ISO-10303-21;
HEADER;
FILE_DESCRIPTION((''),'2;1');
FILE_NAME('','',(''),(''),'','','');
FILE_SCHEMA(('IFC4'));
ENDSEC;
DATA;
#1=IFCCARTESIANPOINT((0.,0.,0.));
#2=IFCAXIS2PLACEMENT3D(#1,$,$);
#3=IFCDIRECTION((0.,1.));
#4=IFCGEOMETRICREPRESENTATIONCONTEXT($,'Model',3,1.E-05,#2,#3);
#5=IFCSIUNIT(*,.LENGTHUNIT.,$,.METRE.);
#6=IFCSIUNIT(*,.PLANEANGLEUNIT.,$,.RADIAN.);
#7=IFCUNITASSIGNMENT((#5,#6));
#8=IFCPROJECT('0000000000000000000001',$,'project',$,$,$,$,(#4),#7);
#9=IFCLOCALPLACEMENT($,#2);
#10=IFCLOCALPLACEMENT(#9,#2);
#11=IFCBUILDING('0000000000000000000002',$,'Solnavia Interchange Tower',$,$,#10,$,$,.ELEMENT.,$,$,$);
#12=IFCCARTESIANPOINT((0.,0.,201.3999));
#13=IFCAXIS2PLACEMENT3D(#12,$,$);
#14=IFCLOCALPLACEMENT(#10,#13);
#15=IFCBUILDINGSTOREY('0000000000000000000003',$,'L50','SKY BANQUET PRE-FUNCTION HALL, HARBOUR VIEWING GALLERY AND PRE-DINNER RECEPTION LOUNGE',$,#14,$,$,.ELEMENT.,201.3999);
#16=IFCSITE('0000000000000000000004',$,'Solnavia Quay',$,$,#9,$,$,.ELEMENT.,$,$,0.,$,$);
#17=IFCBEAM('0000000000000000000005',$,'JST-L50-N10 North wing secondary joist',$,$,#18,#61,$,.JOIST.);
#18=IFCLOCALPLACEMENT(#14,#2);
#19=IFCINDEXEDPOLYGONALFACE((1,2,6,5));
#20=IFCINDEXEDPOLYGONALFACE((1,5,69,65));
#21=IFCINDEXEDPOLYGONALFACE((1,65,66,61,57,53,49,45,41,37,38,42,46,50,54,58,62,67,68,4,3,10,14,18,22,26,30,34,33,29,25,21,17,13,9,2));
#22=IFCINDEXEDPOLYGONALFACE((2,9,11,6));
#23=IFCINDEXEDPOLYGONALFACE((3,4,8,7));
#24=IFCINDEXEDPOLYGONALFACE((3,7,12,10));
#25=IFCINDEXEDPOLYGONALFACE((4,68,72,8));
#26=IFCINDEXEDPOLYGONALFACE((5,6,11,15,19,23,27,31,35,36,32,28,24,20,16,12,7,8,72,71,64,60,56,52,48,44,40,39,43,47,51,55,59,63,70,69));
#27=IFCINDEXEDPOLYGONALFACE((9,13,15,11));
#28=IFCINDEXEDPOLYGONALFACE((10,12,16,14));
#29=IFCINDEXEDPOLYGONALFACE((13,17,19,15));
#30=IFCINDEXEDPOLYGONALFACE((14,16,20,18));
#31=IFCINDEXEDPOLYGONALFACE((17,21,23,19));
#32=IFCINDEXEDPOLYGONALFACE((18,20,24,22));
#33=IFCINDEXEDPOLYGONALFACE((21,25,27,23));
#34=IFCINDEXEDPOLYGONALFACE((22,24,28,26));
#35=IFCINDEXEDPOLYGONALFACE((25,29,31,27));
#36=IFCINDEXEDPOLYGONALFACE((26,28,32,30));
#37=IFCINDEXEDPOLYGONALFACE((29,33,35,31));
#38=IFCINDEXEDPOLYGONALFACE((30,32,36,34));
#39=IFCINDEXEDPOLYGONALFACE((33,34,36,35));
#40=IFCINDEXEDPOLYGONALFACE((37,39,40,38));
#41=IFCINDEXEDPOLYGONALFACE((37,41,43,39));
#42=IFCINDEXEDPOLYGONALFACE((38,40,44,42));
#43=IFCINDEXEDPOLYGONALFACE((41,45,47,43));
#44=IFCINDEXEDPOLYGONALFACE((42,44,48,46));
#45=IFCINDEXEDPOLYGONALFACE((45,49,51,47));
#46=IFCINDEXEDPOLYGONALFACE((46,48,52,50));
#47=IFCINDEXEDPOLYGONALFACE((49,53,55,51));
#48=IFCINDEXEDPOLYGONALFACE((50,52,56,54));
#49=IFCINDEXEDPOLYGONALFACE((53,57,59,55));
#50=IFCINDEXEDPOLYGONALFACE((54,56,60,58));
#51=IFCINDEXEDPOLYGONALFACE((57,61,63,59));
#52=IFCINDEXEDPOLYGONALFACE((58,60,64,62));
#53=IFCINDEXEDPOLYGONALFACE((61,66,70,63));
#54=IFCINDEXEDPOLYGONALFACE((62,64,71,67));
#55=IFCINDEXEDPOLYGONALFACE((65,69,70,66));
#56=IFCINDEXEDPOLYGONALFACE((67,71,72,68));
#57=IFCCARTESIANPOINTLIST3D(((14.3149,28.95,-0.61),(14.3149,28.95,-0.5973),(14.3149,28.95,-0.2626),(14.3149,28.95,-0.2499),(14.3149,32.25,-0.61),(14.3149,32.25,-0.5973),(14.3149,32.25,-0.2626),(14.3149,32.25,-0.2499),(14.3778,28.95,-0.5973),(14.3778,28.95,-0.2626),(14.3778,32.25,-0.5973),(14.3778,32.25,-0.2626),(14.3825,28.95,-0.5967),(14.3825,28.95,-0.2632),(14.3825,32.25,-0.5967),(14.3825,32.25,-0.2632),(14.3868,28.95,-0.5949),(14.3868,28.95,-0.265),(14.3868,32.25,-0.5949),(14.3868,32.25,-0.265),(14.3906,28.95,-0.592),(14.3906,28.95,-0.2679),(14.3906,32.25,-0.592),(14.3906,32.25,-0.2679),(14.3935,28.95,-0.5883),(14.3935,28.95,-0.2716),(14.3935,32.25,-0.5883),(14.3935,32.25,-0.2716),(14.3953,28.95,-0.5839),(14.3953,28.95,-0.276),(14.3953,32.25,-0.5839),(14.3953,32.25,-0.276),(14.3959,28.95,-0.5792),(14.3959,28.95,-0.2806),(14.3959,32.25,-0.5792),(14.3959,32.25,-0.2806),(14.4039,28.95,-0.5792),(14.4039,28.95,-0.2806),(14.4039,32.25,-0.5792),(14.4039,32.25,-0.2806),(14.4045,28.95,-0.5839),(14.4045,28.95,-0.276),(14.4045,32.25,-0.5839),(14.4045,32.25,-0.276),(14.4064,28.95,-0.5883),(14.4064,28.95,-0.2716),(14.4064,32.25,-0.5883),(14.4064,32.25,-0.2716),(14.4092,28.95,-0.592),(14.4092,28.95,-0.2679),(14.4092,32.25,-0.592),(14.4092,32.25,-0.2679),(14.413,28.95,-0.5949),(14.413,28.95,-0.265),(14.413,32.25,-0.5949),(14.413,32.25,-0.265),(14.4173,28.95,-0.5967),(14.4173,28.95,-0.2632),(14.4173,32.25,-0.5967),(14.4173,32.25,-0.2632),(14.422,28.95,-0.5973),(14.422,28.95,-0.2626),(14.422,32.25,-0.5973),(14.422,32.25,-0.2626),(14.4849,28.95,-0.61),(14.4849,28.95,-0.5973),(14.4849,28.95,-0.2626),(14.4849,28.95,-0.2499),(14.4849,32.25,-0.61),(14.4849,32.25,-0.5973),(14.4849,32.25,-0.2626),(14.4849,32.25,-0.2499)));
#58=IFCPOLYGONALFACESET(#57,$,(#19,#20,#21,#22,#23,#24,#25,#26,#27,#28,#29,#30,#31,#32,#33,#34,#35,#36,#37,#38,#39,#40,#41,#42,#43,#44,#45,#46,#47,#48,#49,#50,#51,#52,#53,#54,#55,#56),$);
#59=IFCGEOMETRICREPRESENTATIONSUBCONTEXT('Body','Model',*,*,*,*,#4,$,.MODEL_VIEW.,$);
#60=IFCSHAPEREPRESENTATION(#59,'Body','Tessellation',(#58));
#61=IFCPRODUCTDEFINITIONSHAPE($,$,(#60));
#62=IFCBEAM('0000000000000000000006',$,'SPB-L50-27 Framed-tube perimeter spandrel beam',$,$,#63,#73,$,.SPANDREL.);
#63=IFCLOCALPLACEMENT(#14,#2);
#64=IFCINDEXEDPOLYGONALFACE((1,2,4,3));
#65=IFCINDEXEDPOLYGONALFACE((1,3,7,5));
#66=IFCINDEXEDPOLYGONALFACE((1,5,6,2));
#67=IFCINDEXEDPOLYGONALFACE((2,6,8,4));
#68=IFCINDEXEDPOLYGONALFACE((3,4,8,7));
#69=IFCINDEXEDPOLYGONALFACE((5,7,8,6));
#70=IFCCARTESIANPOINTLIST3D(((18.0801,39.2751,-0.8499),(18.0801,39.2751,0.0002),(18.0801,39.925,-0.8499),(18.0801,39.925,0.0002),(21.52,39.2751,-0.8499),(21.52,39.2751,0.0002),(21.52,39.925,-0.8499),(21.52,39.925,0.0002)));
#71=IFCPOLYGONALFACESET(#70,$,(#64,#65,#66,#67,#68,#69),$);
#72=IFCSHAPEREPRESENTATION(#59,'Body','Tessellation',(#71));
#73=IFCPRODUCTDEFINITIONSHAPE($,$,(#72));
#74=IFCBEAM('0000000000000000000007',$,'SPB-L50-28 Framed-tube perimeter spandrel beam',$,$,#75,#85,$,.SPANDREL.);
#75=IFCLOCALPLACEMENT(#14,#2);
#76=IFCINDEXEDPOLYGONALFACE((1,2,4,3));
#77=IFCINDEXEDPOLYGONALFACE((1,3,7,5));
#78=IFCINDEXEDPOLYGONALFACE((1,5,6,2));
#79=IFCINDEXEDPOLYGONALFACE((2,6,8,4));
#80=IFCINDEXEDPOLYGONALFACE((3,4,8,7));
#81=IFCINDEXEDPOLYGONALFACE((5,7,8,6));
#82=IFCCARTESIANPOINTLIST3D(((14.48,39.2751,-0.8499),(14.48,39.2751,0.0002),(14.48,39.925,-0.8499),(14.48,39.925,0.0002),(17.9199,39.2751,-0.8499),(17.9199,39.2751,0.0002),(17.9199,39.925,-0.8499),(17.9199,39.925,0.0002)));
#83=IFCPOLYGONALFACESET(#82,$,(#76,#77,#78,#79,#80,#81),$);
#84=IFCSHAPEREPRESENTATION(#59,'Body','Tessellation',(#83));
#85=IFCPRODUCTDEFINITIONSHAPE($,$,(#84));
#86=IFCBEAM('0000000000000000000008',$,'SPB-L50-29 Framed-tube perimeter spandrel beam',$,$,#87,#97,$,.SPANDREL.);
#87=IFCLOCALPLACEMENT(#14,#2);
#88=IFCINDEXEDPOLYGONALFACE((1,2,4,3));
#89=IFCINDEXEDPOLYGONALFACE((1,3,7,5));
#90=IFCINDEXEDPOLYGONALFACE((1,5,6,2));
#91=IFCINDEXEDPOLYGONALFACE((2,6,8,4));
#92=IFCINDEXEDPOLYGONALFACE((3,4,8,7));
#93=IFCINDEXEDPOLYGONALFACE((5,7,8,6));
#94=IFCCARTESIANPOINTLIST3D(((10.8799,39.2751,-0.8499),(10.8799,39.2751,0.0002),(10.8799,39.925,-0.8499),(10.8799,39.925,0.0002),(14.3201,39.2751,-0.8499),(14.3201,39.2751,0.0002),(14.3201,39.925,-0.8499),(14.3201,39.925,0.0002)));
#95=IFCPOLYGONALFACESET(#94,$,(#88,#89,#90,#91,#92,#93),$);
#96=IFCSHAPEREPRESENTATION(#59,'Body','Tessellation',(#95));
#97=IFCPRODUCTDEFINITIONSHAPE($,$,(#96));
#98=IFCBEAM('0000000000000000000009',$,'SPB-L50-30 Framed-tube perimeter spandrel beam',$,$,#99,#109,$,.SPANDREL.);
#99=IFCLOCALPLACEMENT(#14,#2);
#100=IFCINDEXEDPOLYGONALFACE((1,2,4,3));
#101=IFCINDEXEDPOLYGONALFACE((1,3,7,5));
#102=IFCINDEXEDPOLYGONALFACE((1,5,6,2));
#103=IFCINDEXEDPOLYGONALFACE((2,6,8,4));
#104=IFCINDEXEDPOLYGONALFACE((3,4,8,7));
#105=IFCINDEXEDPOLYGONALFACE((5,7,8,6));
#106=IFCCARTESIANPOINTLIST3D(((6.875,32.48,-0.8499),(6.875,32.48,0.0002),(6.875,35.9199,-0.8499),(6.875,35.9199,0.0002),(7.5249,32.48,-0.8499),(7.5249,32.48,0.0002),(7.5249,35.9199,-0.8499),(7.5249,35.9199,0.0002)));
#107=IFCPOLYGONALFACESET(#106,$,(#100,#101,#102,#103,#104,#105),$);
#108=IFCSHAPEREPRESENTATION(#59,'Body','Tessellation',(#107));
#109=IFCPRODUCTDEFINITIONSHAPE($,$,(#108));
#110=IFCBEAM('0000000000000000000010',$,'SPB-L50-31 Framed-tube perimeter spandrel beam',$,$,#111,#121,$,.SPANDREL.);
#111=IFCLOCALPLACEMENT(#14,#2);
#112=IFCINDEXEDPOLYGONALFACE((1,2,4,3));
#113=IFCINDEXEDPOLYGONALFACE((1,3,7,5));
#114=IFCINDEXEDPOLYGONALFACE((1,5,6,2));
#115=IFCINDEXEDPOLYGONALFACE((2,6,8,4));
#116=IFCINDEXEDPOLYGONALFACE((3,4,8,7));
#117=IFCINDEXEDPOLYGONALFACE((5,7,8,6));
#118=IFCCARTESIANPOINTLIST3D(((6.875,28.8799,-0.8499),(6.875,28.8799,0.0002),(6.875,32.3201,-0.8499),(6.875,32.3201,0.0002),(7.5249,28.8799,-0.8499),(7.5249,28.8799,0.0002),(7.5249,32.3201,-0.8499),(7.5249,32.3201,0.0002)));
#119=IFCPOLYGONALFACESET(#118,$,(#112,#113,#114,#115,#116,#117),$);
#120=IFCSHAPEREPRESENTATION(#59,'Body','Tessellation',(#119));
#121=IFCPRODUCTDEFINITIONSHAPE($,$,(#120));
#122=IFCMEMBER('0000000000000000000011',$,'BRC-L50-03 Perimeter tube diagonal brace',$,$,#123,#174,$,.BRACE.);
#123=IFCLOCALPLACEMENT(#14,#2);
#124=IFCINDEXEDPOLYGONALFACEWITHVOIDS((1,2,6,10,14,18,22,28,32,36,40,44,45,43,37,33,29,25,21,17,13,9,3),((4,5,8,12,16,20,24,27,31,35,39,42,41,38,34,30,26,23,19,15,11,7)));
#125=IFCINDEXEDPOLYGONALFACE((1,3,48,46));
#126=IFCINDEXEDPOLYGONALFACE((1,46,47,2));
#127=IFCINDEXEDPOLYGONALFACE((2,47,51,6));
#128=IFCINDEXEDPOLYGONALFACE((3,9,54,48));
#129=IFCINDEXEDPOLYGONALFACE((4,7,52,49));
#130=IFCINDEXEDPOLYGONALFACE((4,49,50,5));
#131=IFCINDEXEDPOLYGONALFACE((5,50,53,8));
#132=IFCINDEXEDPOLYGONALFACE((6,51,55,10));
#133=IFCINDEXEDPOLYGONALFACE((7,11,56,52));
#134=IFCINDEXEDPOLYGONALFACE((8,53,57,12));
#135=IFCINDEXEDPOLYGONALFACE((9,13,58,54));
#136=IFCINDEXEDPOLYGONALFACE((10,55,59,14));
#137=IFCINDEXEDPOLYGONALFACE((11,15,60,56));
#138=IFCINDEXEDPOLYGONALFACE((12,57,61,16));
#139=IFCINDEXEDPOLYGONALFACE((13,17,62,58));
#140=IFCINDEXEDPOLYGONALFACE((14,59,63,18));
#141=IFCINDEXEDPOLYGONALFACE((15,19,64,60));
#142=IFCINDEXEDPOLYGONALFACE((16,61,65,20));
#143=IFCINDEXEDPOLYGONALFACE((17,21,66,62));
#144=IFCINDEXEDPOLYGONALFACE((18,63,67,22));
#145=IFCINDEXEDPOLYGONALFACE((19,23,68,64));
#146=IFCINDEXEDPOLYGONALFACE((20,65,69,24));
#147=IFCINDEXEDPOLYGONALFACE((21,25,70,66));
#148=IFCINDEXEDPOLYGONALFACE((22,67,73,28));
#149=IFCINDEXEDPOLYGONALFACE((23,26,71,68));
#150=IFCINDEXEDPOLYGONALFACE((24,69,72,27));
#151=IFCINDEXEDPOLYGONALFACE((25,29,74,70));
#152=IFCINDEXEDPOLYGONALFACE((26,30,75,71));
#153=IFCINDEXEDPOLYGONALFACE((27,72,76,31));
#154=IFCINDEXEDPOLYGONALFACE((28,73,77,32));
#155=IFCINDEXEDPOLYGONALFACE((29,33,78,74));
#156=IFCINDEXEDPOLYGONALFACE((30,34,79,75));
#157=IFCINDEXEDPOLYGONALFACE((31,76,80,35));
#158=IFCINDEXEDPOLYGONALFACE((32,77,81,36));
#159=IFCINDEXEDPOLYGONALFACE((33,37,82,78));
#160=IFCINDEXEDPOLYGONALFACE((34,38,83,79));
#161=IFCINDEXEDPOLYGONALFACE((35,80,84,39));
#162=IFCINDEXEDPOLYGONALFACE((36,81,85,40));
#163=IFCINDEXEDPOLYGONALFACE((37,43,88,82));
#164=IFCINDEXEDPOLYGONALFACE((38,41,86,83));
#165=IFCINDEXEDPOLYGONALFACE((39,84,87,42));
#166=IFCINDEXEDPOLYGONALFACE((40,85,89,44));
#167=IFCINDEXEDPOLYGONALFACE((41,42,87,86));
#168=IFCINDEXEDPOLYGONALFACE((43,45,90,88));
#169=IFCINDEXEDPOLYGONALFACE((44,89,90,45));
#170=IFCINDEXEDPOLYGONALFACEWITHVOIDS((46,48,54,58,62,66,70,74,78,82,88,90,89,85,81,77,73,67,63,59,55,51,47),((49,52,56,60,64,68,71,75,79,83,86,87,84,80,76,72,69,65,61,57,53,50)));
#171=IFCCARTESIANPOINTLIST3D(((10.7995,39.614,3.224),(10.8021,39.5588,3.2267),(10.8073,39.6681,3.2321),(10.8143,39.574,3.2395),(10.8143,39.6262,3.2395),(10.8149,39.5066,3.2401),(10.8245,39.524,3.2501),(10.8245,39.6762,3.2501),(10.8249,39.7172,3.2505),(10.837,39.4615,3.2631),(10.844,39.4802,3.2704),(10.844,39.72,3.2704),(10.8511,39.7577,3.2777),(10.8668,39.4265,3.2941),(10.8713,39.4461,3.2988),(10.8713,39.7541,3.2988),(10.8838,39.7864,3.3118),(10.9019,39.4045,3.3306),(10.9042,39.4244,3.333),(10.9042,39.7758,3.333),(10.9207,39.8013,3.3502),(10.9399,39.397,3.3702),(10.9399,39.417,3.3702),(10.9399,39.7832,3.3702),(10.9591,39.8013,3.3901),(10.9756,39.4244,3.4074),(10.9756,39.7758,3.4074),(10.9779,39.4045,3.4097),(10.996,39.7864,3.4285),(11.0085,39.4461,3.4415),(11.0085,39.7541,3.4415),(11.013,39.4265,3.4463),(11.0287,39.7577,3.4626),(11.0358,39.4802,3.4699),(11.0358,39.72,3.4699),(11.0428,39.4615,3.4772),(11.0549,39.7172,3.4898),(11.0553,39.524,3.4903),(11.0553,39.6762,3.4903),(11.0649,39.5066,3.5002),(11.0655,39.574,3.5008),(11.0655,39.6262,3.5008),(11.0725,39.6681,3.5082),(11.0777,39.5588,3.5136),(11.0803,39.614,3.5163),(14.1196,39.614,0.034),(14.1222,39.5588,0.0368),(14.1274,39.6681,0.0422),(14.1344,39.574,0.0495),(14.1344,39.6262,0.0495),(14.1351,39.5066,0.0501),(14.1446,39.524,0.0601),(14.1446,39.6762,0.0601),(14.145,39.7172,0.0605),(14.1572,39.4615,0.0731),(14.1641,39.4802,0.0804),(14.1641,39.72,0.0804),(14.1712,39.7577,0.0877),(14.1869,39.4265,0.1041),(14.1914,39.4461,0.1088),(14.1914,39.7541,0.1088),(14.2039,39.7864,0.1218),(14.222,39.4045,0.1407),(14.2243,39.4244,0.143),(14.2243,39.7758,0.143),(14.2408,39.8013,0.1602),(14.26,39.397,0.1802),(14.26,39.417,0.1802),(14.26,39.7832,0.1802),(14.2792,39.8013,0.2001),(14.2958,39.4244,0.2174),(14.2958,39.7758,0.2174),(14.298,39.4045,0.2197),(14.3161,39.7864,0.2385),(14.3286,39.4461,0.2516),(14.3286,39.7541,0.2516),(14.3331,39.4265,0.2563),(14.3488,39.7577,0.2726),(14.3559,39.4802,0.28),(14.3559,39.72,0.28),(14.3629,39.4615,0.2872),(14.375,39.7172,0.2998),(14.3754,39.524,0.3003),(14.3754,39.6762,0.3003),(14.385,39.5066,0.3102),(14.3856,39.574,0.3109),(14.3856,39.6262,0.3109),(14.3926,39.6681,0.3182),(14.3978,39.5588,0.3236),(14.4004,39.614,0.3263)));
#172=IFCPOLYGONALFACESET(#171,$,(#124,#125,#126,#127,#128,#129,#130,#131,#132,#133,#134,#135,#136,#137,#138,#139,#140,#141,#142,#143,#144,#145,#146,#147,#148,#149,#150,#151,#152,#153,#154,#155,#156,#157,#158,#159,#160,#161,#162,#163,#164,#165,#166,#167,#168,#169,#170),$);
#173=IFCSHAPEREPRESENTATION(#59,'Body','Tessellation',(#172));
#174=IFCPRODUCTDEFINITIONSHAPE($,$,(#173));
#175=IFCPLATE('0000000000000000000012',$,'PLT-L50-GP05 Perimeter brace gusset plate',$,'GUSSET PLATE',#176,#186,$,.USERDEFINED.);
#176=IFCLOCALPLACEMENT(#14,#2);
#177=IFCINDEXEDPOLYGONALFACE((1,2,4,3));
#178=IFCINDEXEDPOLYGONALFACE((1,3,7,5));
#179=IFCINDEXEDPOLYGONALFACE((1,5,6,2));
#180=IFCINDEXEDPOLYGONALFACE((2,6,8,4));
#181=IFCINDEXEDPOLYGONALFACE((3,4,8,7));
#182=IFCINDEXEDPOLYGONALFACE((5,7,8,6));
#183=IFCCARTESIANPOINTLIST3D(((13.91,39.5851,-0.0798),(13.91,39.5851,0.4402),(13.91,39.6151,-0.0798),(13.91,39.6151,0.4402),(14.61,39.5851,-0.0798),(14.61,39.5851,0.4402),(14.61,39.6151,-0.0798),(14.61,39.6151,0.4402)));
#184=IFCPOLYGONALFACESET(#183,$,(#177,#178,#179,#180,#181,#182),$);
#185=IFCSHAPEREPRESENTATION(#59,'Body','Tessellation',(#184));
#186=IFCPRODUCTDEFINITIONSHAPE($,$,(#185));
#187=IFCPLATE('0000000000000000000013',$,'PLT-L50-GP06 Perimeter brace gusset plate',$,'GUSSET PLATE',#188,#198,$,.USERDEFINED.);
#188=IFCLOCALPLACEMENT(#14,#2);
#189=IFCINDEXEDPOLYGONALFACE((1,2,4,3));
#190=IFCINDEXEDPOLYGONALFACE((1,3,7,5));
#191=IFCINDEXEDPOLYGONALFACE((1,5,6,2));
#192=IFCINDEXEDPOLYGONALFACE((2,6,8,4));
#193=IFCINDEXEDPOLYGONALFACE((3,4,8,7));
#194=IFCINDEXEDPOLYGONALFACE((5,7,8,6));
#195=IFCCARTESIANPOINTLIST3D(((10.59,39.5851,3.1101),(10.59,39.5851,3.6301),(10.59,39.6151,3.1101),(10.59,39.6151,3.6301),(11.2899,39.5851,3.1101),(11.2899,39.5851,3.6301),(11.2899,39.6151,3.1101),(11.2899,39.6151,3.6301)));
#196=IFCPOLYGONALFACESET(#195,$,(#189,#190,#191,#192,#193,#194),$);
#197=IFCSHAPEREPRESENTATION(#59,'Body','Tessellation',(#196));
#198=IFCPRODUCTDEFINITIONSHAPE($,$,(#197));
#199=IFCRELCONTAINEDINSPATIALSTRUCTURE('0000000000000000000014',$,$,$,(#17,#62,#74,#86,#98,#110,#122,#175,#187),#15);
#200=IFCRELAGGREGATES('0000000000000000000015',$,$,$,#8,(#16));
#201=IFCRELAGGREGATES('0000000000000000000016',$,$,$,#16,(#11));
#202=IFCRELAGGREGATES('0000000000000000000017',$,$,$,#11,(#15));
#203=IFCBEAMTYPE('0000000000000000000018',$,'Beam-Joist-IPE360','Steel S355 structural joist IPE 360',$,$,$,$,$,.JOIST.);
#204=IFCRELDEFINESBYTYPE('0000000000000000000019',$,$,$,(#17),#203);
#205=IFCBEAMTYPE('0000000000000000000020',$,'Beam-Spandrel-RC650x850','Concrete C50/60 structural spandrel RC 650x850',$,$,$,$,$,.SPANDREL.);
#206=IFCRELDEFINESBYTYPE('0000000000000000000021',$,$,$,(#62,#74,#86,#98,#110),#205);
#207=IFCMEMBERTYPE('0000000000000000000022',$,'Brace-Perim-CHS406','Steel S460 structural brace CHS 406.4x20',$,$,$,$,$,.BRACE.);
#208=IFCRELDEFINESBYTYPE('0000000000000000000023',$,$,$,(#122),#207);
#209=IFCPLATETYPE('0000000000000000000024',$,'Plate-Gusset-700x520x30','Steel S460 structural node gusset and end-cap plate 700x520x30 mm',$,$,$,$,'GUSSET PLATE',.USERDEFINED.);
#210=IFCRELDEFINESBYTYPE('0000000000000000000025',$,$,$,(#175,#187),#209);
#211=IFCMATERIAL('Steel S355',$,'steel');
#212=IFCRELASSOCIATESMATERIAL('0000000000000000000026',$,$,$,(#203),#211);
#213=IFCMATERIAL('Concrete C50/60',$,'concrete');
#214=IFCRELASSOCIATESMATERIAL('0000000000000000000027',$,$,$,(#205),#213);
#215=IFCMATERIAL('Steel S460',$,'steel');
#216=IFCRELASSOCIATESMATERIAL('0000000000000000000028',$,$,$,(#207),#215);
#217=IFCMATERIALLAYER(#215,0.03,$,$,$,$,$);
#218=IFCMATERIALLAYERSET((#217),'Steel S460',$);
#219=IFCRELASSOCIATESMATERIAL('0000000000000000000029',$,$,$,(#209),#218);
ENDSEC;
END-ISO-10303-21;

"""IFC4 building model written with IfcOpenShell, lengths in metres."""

from ifc_helpers import new_model, si_unit, direction, frame, origin, origin_2d, place, context, subcontext, project, spatial, rectangle, hollow_circle, i_section, extrude, material, layer, layer_set, material_profile, profile_set, type_object, element, save


model = new_model("IFC4")

# Units and contexts
model_context = context("Model", 3, precision=1e-05, world=origin(), true_north=direction((0.0, 1.0)))
body_context = subcontext(model_context, "Body", "Model", "MODEL_VIEW")
ifc_project = project(units=[si_unit("LENGTHUNIT", "METRE"), si_unit("PLANEANGLEUNIT", "RADIAN")], contexts=[model_context])

# Site, building, storey
site_placement = place(None, origin())
site = spatial("IfcSite", under=ifc_project, at=site_placement, Name="Solnavia Quay", CompositionType="ELEMENT", RefElevation=0.0)
building_placement = place(site_placement, origin())
building = spatial("IfcBuilding", under=site, at=building_placement, Name="Solnavia Interchange Tower", CompositionType="ELEMENT")
storey_placement = place(building_placement, frame((0.0, 0.0, 201.3999)))
storey = spatial("IfcBuildingStorey", under=building, at=storey_placement, Name="L50", Description="SKY BANQUET PRE-FUNCTION HALL, HARBOUR VIEWING GALLERY AND PRE-DINNER RECEPTION LOUNGE", CompositionType="ELEMENT", Elevation=201.3999)

# Shared definitions
ifc_material_1 = material(Name="Concrete C50/60", Category="concrete")
ifc_material_2 = material(Name="Steel S355", Category="steel")

# Beams
ifc_material_3 = material(Name="Steel S460", Category="steel")
ifc_material_profile_1 = material_profile(ifc_material_2, i_section(OverallWidth=0.1699, OverallDepth=0.3601, WebThickness=0.0081, FlangeThickness=0.0127, FilletRadius=0.0181, at=origin_2d()), Name="IPE 360")
ifc_profile_set_1 = profile_set([ifc_material_profile_1], Name="Steel S355")
beam_type_1 = type_object("IfcBeamType", Name="Beam-Joist-IPE360", Description="Steel S355 structural joist IPE 360", PredefinedType="JOIST", material=ifc_profile_set_1)
beam_1_placement = place(storey_placement, frame((14.3999, 28.95, -0.4299), z_axis=(0.0, 1.0, 0.0), x_axis=(-1.0, 0.0, 0.0)))
element("IfcBeam", 1, at=beam_1_placement, inside=storey, type_object=beam_type_1, Name="JST-L50-N10 North wing secondary joist", PredefinedType="JOIST", context=body_context, shape_type="SweptSolid", body=[
    extrude(i_section(OverallWidth=0.1699, OverallDepth=0.3601, WebThickness=0.0081, FlangeThickness=0.0127, FilletRadius=0.0181, at=origin_2d()), origin(), (0.0, 0.0, 1.0), 3.3),
])
ifc_material_profile_2 = material_profile(ifc_material_1, rectangle(XDim=0.6499, YDim=0.8501, at=origin_2d()), Name="RC 650x850")
ifc_profile_set_2 = profile_set([ifc_material_profile_2], Name="Concrete C50/60")
beam_type_2 = type_object("IfcBeamType", Name="Beam-Spandrel-RC650x850", Description="Concrete C50/60 structural spandrel RC 650x850", PredefinedType="SPANDREL", material=ifc_profile_set_2)
for number, where, z_axis, x_axis, name in (
    (2, (21.52, 39.6001, -0.4248), (-1.0, 0.0, 0.0), (0.0, -1.0, 0.0), "SPB-L50-27 Framed-tube perimeter spandrel beam"),
    (3, (17.9199, 39.6001, -0.4248), (-1.0, 0.0, 0.0), (0.0, -1.0, 0.0), "SPB-L50-28 Framed-tube perimeter spandrel beam"),
):
    element("IfcBeam", number, at=place(storey_placement, frame(where, z_axis=z_axis, x_axis=x_axis)), inside=storey, type_object=beam_type_2, Name=name, PredefinedType="SPANDREL", context=body_context, shape_type="SweptSolid", body=[
        extrude(rectangle(XDim=0.6499, YDim=0.8501, at=origin_2d()), origin(), (0.0, 0.0, 1.0), 3.4399),
    ])
beam_2_placement = place(storey_placement, frame((14.3201, 39.6001, -0.4248), z_axis=(-1.0, 0.0, 0.0), x_axis=(0.0, -1.0, 0.0)))
element("IfcBeam", 4, at=beam_2_placement, inside=storey, type_object=beam_type_2, Name="SPB-L50-29 Framed-tube perimeter spandrel beam", PredefinedType="SPANDREL", context=body_context, shape_type="SweptSolid", body=[
    extrude(rectangle(XDim=0.6499, YDim=0.8501, at=origin_2d()), origin(), (0.0, 0.0, 1.0), 3.4402),
])
beam_3_placement = place(storey_placement, frame((7.2, 35.9199, -0.4248), z_axis=(0.0, -1.0, 0.0), x_axis=(1.0, 0.0, 0.0)))
element("IfcBeam", 5, at=beam_3_placement, inside=storey, type_object=beam_type_2, Name="SPB-L50-30 Framed-tube perimeter spandrel beam", PredefinedType="SPANDREL", context=body_context, shape_type="SweptSolid", body=[
    extrude(rectangle(XDim=0.6499, YDim=0.8501, at=origin_2d()), origin(), (0.0, 0.0, 1.0), 3.4399),
])
beam_4_placement = place(storey_placement, frame((7.2, 32.3201, -0.4248), z_axis=(0.0, -1.0, 0.0), x_axis=(1.0, 0.0, 0.0)))
element("IfcBeam", 6, at=beam_4_placement, inside=storey, type_object=beam_type_2, Name="SPB-L50-31 Framed-tube perimeter spandrel beam", PredefinedType="SPANDREL", context=body_context, shape_type="SweptSolid", body=[
    extrude(rectangle(XDim=0.6499, YDim=0.8501, at=origin_2d()), origin(), (0.0, 0.0, 1.0), 3.4402),
])

# Member
ifc_material_profile_3 = material_profile(ifc_material_3, hollow_circle(Radius=0.2031, WallThickness=0.02, at=origin_2d()), Name="CHS 406.4x20")
ifc_profile_set_3 = profile_set([ifc_material_profile_3], Name="Steel S460")
member_type = type_object("IfcMemberType", Name="Brace-Perim-CHS406", Description="Steel S460 structural brace CHS 406.4x20", PredefinedType="BRACE", material=ifc_profile_set_3)
member_placement = place(storey_placement, frame((14.26, 39.6001, 0.1802), z_axis=(-0.721097, 0.0, 0.692834), x_axis=(0.0, -1.0, 0.0)))
element("IfcMember", 7, at=member_placement, inside=storey, type_object=member_type, Name="BRC-L50-03 Perimeter tube diagonal brace", PredefinedType="BRACE", context=body_context, shape_type="SweptSolid", body=[
    extrude(hollow_circle(Radius=0.2031, WallThickness=0.02, at=origin_2d()), origin(), (0.0, 0.0, 1.0), 4.6042),
])

# Plates
ifc_layer_1 = layer(ifc_material_3, 0.03)
ifc_layer_set_1 = layer_set([ifc_layer_1], Name="Steel S460")
plate_type = type_object("IfcPlateType", Name="Plate-Gusset-700x520x30", Description="Steel S460 structural node gusset and end-cap plate 700x520x30 mm", ElementType="GUSSET PLATE", PredefinedType="USERDEFINED", material=ifc_layer_set_1)
for number, where, z_axis, x_axis, name in (
    (8, (14.26, 39.6001, -0.0798), (0.0, 0.0, 1.0), (-1.0, 0.0, 0.0), "PLT-L50-GP05 Perimeter brace gusset plate"),
    (9, (10.9399, 39.6001, 3.1101), (0.0, 0.0, 1.0), (-1.0, 0.0, 0.0), "PLT-L50-GP06 Perimeter brace gusset plate"),
):
    element("IfcPlate", number, at=place(storey_placement, frame(where, z_axis=z_axis, x_axis=x_axis)), inside=storey, type_object=plate_type, Name=name, ObjectType="GUSSET PLATE", PredefinedType="USERDEFINED", context=body_context, shape_type="SweptSolid", body=[
        extrude(rectangle(XDim=0.7, YDim=0.03, at=origin_2d()), origin(), (0.0, 0.0, 1.0), 0.52),
    ])

save(model, "model.ifc")
